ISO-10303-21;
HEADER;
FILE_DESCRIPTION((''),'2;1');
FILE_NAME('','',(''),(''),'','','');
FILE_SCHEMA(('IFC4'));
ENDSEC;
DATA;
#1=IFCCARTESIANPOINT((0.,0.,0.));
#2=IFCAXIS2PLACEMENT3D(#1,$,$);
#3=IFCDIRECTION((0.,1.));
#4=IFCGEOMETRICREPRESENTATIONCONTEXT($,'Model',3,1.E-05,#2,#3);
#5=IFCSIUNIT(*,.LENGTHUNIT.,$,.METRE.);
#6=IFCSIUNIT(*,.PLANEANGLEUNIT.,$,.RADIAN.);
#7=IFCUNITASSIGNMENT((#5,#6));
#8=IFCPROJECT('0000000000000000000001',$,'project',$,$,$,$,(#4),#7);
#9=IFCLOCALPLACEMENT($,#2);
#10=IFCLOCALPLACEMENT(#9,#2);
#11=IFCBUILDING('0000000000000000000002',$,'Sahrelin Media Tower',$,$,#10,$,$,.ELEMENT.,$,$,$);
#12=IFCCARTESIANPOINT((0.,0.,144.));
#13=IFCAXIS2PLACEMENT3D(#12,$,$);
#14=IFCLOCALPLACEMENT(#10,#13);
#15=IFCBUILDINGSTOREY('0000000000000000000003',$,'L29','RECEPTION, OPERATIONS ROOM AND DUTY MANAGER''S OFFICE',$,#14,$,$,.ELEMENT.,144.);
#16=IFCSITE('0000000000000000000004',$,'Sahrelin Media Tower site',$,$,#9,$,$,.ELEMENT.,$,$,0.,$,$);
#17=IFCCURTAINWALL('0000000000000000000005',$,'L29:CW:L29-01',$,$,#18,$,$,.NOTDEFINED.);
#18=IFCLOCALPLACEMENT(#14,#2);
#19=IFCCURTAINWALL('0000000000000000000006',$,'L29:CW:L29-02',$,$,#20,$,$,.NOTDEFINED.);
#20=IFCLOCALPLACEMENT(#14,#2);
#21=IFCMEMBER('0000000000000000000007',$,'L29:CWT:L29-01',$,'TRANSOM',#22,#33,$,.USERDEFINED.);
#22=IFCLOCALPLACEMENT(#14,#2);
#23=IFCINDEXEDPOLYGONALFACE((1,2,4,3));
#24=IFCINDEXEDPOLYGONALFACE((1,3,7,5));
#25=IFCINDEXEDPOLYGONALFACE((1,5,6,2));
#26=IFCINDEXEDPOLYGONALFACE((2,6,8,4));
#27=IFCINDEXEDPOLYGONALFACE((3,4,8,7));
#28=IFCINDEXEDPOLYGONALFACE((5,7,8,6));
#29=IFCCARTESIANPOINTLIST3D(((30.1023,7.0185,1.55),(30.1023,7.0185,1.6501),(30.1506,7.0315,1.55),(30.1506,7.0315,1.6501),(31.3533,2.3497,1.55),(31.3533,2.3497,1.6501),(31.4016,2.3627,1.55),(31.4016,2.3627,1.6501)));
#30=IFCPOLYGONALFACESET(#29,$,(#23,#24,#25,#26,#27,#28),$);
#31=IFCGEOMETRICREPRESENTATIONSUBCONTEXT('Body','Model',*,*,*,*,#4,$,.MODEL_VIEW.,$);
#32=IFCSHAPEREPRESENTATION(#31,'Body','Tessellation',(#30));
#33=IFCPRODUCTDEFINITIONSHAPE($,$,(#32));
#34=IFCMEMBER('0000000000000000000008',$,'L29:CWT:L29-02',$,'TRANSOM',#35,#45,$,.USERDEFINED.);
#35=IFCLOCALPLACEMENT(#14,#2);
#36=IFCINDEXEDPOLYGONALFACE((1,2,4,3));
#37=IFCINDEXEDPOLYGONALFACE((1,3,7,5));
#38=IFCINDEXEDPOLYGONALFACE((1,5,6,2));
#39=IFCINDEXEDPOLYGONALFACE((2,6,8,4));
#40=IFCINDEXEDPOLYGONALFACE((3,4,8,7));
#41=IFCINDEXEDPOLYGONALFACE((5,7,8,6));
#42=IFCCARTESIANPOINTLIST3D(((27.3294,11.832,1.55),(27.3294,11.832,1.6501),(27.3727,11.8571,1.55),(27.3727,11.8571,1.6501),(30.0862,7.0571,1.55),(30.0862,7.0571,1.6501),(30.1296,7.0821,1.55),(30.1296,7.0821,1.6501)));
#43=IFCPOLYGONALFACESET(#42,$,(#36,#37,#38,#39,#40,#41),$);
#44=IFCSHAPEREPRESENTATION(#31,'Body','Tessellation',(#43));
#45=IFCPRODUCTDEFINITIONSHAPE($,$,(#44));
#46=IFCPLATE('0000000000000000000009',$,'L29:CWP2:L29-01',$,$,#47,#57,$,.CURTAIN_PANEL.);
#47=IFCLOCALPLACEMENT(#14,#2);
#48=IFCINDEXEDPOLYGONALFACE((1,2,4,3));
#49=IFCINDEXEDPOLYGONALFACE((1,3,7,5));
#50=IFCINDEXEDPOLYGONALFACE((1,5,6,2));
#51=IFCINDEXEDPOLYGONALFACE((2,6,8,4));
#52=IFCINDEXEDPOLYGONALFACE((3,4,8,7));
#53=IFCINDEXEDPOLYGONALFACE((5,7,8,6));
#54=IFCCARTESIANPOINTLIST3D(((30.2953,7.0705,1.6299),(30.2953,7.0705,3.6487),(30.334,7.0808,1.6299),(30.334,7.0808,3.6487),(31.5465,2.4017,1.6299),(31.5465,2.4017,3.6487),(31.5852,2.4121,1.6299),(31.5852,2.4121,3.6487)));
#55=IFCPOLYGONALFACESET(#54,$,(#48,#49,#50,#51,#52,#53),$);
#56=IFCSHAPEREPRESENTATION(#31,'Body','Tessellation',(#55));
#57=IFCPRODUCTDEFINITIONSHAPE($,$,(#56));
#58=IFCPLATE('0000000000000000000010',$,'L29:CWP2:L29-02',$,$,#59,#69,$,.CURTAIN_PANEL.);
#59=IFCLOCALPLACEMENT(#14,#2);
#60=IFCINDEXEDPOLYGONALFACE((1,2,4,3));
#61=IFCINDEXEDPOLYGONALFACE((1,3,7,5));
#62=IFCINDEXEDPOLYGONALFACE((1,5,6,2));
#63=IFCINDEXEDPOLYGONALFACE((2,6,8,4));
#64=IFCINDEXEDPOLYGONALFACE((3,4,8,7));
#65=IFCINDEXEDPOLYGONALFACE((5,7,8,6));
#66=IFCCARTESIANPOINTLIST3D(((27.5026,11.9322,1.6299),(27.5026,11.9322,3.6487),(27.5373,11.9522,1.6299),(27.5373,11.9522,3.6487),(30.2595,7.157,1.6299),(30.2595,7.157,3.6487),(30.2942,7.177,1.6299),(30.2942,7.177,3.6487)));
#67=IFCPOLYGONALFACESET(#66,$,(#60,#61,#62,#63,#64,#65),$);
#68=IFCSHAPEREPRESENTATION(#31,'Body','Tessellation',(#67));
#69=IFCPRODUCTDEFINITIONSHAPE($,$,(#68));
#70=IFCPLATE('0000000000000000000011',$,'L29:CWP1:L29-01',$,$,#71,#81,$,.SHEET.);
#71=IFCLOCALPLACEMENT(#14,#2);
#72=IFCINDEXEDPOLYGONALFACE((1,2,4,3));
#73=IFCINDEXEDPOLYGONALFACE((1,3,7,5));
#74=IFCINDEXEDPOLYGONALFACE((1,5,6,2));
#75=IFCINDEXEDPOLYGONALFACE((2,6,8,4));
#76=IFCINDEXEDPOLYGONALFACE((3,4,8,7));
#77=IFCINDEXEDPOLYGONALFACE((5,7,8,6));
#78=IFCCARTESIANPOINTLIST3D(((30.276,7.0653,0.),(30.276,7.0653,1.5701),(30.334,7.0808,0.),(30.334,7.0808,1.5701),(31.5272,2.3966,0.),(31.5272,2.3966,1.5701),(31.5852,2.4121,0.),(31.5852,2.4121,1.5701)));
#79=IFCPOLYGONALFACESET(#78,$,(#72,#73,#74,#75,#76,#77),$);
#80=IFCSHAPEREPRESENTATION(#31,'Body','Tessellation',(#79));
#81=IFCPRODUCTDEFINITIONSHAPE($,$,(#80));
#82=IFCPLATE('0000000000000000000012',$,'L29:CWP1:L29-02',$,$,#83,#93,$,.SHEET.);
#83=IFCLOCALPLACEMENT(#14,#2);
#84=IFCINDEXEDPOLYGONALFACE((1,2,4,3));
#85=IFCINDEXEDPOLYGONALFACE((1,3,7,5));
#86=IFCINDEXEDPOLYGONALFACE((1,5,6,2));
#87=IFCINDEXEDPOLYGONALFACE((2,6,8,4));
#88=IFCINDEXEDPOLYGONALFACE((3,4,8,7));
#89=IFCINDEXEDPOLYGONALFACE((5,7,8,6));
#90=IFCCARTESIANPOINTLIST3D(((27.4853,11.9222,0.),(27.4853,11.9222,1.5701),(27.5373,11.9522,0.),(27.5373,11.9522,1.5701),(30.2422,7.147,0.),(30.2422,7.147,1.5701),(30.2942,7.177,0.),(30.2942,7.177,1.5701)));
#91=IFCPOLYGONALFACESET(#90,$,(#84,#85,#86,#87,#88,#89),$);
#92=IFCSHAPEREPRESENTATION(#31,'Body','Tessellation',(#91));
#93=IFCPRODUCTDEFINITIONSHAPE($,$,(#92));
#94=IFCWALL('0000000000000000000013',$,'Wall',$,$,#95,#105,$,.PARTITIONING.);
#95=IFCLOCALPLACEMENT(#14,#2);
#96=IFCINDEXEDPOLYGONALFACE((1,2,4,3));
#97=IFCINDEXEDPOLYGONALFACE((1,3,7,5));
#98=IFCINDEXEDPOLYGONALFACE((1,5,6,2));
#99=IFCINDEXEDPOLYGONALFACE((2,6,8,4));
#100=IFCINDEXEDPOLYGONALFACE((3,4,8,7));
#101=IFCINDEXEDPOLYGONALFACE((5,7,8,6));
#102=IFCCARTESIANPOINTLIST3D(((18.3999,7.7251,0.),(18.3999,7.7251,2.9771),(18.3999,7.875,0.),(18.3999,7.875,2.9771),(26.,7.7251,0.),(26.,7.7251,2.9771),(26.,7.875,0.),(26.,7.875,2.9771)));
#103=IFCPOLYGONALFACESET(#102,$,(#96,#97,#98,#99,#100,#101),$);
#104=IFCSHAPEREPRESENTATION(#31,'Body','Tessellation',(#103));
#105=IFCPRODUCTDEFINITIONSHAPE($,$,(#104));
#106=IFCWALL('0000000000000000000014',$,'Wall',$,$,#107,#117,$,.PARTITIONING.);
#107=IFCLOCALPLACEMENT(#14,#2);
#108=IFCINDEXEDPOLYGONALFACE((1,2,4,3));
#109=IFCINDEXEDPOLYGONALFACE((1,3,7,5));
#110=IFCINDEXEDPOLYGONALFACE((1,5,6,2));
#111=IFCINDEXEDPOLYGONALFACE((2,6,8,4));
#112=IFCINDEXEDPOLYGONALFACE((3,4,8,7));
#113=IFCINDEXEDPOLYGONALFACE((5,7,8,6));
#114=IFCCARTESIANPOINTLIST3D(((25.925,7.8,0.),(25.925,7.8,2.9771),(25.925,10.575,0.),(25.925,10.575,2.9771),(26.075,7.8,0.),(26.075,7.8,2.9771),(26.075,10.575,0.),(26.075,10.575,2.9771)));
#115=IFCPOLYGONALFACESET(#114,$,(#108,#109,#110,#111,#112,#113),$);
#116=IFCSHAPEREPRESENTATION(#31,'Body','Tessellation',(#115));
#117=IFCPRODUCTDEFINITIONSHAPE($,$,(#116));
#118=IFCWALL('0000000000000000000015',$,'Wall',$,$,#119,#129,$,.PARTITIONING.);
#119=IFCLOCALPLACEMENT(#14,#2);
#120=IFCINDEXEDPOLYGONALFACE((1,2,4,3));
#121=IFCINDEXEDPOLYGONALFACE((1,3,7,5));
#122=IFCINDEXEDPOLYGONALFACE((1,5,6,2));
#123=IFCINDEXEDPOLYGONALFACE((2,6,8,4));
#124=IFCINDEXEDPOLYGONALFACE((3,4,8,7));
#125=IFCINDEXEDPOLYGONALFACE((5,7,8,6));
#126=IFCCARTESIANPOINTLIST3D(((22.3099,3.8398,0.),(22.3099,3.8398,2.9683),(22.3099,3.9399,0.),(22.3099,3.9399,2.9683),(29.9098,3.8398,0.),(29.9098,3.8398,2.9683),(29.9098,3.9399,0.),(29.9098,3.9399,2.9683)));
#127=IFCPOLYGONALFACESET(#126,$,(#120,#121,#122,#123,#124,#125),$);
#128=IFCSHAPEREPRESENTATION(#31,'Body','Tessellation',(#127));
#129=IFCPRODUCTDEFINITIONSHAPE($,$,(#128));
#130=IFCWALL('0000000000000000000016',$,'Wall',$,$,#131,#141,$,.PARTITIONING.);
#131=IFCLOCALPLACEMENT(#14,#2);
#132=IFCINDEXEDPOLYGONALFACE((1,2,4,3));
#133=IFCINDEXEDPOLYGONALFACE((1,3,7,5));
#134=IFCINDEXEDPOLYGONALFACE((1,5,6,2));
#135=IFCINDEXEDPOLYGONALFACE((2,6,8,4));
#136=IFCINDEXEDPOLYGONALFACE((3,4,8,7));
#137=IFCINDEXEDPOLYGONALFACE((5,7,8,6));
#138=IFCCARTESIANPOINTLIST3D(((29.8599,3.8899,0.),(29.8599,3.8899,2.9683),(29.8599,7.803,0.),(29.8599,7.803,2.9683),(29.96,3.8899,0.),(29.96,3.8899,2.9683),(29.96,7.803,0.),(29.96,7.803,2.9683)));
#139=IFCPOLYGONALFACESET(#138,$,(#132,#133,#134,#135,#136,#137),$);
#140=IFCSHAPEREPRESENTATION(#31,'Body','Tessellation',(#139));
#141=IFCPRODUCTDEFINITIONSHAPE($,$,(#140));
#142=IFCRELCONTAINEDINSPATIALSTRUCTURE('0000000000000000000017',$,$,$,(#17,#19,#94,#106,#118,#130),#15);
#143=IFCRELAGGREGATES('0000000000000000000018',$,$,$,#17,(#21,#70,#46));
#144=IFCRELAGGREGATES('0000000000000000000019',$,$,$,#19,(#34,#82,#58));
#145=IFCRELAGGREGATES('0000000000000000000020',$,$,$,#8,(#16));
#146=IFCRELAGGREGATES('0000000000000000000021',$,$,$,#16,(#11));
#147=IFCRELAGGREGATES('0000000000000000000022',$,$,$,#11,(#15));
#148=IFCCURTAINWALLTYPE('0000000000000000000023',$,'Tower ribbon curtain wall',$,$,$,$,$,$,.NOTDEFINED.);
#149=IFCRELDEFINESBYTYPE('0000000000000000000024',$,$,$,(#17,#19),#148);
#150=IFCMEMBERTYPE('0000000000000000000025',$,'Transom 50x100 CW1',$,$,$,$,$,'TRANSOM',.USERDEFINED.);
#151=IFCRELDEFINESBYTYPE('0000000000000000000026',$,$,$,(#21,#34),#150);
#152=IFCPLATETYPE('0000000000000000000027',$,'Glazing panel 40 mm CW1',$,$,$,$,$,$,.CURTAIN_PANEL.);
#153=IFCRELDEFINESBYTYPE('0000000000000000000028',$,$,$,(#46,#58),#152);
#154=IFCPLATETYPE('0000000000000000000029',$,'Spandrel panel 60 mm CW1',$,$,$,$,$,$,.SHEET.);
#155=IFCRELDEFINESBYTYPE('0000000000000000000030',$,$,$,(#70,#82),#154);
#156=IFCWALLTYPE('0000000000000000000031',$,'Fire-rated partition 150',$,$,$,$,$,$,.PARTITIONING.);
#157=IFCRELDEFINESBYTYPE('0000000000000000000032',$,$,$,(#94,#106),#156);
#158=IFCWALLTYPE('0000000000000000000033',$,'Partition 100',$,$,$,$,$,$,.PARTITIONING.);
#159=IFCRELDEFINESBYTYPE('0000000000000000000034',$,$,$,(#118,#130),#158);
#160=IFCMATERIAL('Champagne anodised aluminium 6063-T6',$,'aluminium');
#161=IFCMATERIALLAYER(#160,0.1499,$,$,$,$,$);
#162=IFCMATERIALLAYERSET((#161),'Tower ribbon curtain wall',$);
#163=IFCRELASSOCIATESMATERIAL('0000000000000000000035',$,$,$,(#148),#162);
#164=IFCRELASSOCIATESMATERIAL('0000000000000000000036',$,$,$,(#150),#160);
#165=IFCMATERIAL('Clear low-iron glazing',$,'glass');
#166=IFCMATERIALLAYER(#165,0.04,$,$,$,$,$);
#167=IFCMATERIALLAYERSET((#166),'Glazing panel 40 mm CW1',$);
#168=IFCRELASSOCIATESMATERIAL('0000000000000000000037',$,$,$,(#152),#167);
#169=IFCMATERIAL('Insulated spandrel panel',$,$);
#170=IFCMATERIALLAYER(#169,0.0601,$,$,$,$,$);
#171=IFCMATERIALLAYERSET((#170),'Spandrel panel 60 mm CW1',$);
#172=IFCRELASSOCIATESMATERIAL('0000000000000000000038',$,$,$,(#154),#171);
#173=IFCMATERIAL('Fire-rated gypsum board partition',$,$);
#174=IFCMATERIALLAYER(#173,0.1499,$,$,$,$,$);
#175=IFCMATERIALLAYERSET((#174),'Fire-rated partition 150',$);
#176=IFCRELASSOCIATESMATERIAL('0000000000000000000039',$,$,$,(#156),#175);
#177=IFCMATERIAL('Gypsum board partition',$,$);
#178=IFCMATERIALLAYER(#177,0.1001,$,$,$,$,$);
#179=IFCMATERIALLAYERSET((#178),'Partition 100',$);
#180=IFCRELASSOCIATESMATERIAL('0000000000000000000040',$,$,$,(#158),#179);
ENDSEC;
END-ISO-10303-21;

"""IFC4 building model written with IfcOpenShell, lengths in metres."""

from ifc_helpers import new_model, si_unit, direction, frame, frame_2d, origin, origin_2d, place, context, subcontext, project, spatial, polyline, rectangle, outline, extrude, material, layer, layer_set, material_profile, profile_set, type_object, element, aggregate, save


model = new_model("IFC4")

# Units and contexts
model_context = context("Model", 3, precision=1e-05, world=origin(), true_north=direction((0.0, 1.0)))
body_context = subcontext(model_context, "Body", "Model", "MODEL_VIEW")
ifc_project = project(units=[si_unit("LENGTHUNIT", "METRE"), si_unit("PLANEANGLEUNIT", "RADIAN")], contexts=[model_context])

# Site, building, storey
site_placement = place(None, origin())
site = spatial("IfcSite", under=ifc_project, at=site_placement, Name="Sahrelin Media Tower site", CompositionType="ELEMENT", RefElevation=0.0)
building_placement = place(site_placement, origin())
building = spatial("IfcBuilding", under=site, at=building_placement, Name="Sahrelin Media Tower", CompositionType="ELEMENT")
storey_placement = place(building_placement, frame((0.0, 0.0, 144.0)))
storey = spatial("IfcBuildingStorey", under=building, at=storey_placement, Name="L29", Description="RECEPTION, OPERATIONS ROOM AND DUTY MANAGER'S OFFICE", CompositionType="ELEMENT", Elevation=144.0)

# Curtain walls
ifc_material_1 = material(Name="Champagne anodised aluminium 6063-T6", Category="aluminium")
ifc_layer_1 = layer(ifc_material_1, 0.1499)
ifc_layer_set_1 = layer_set([ifc_layer_1], Name="Tower ribbon curtain wall")
curtain_wall_type = type_object("IfcCurtainWallType", Name="Tower ribbon curtain wall", PredefinedType="NOTDEFINED", material=ifc_layer_set_1)
curtain_wall_1_placement = place(storey_placement, frame((30.9402, 4.7412, 0.0), z_axis=(0.0, 0.0, 1.0), x_axis=(1.0, 0.0, 0.0)))
curtain_wall_1 = element("IfcCurtainWall", 1, at=curtain_wall_1_placement, inside=storey, type_object=curtain_wall_type, Name="L29:CW:L29-01", PredefinedType="NOTDEFINED")
curtain_wall_2_placement = place(storey_placement, frame((28.8984, 9.5547, 0.0), z_axis=(0.0, 0.0, 1.0), x_axis=(1.0, 0.0, 0.0)))
curtain_wall_2 = element("IfcCurtainWall", 2, at=curtain_wall_2_placement, inside=storey, type_object=curtain_wall_type, Name="L29:CW:L29-02", PredefinedType="NOTDEFINED")

# Members
ifc_material_profile_1 = material_profile(ifc_material_1, rectangle(XDim=0.05, YDim=0.1001, at=origin_2d()), Name="Transom 50x100")
ifc_profile_set_1 = profile_set([ifc_material_profile_1], Name="Champagne anodised aluminium 6063-T6")
member_type_1 = type_object("IfcMemberType", Name="Transom 50x100 CW1", ElementType="TRANSOM", PredefinedType="USERDEFINED", material=ifc_profile_set_1)
member_1_placement = place(storey_placement, frame((31.3774, 2.3562, 1.6001), z_axis=(-0.258819, 0.965926, 0.0), x_axis=(-0.965926, -0.258819, 0.0)))
member_1 = element("IfcMember", 3, at=member_1_placement, type_object=member_type_1, Name="L29:CWT:L29-01", ObjectType="TRANSOM", PredefinedType="USERDEFINED", context=body_context, shape_type="SweptSolid", body=[
    extrude(rectangle(XDim=0.05, YDim=0.1001, at=origin_2d()), origin(), (0.0, 0.0, 1.0), 4.8335),
])
member_2_placement = place(storey_placement, frame((30.1079, 7.0696, 1.6001), z_axis=(-0.500006, 0.866022, 0.0), x_axis=(-0.866022, -0.500006, 0.0)))
member_2 = element("IfcMember", 4, at=member_2_placement, type_object=member_type_1, Name="L29:CWT:L29-02", ObjectType="TRANSOM", PredefinedType="USERDEFINED", context=body_context, shape_type="SweptSolid", body=[
    extrude(rectangle(XDim=0.05, YDim=0.1001, at=origin_2d()), origin(), (0.0, 0.0, 1.0), 5.5137),
])

# Plates
ifc_material_2 = material(Name="Clear low-iron glazing", Category="glass")
ifc_layer_2 = layer(ifc_material_2, 0.04)
ifc_layer_set_2 = layer_set([ifc_layer_2], Name="Glazing panel 40 mm CW1")
plate_type_1 = type_object("IfcPlateType", Name="Glazing panel 40 mm CW1", PredefinedType="CURTAIN_PANEL", material=ifc_layer_set_2)
plate_1_placement = place(storey_placement, frame((31.5852, 2.4121, 1.6299), z_axis=(0.965913, 0.258867, 0.0), x_axis=(-0.258867, 0.965913, 0.0)))
plate_1 = element("IfcPlate", 5, at=plate_1_placement, type_object=plate_type_1, Name="L29:CWP2:L29-01", PredefinedType="CURTAIN_PANEL", context=body_context, shape_type="SweptSolid", body=[
    extrude(outline(polyline([(0.0, 0.0), (4.8335, 0.0), (4.8335, 2.0188), (0.0, 2.0188), (0.0, 0.0)])), origin(), (0.0, 0.0, -1.0), 0.04),
])
plate_2_placement = place(storey_placement, frame((30.2942, 7.177, 1.6299), z_axis=(0.866033, 0.499987, 0.0), x_axis=(-0.499987, 0.866033, 0.0)))
plate_2 = element("IfcPlate", 6, at=plate_2_placement, type_object=plate_type_1, Name="L29:CWP2:L29-02", PredefinedType="CURTAIN_PANEL", context=body_context, shape_type="SweptSolid", body=[
    extrude(outline(polyline([(0.0, 0.0), (5.5139, 0.0), (5.5139, 2.0188), (0.0, 2.0188), (0.0, 0.0)])), origin(), (0.0, 0.0, -1.0), 0.04),
])
ifc_material_3 = material(Name="Insulated spandrel panel")
ifc_layer_3 = layer(ifc_material_3, 0.0601)
ifc_layer_set_3 = layer_set([ifc_layer_3], Name="Spandrel panel 60 mm CW1")
plate_type_2 = type_object("IfcPlateType", Name="Spandrel panel 60 mm CW1", PredefinedType="SHEET", material=ifc_layer_set_3)
plate_3_placement = place(storey_placement, frame((31.5852, 2.4121, 0.0), z_axis=(0.965913, 0.258867, 0.0), x_axis=(-0.258867, 0.965913, 0.0)))
plate_3 = element("IfcPlate", 7, at=plate_3_placement, type_object=plate_type_2, Name="L29:CWP1:L29-01", PredefinedType="SHEET", context=body_context, shape_type="SweptSolid", body=[
    extrude(outline(polyline([(0.0, 0.0), (4.8335, 0.0), (4.8335, 1.5701), (0.0, 1.5701), (0.0, 0.0)])), origin(), (0.0, 0.0, -1.0), 0.0601),
])
aggregate(curtain_wall_1, [member_1, plate_3, plate_1])
plate_4_placement = place(storey_placement, frame((30.2942, 7.177, 0.0), z_axis=(0.866033, 0.499987, 0.0), x_axis=(-0.499987, 0.866033, 0.0)))
plate_4 = element("IfcPlate", 8, at=plate_4_placement, type_object=plate_type_2, Name="L29:CWP1:L29-02", PredefinedType="SHEET", context=body_context, shape_type="SweptSolid", body=[
    extrude(outline(polyline([(0.0, 0.0), (5.5139, 0.0), (5.5139, 1.5701), (0.0, 1.5701), (0.0, 0.0)])), origin(), (0.0, 0.0, -1.0), 0.0601),
])
aggregate(curtain_wall_2, [member_2, plate_4, plate_2])

# Walls
ifc_material_4 = material(Name="Fire-rated gypsum board partition")
ifc_layer_4 = layer(ifc_material_4, 0.1499)
ifc_layer_set_4 = layer_set([ifc_layer_4], Name="Fire-rated partition 150")
wall_type_1 = type_object("IfcWallType", Name="Fire-rated partition 150", PredefinedType="PARTITIONING", material=ifc_layer_set_4)
wall_1_placement = place(storey_placement, frame((18.3999, 7.8, 0.0), z_axis=(0.0, 0.0, 1.0), x_axis=(1.0, 0.0, 0.0)))
element("IfcWall", 9, at=wall_1_placement, inside=storey, type_object=wall_type_1, Name="Wall", PredefinedType="PARTITIONING", context=body_context, shape_type="SweptSolid", body=[
    extrude(rectangle(XDim=7.6001, YDim=0.1499, at=frame_2d((3.8, 0.0))), origin(), (0.0, 0.0, 1.0), 2.9771),
])
wall_2_placement = place(storey_placement, frame((26.0, 7.8, 0.0), z_axis=(0.0, 0.0, 1.0), x_axis=(0.0, 1.0, 0.0)))
element("IfcWall", 10, at=wall_2_placement, inside=storey, type_object=wall_type_1, Name="Wall", PredefinedType="PARTITIONING", context=body_context, shape_type="SweptSolid", body=[
    extrude(rectangle(XDim=2.7749, YDim=0.1499, at=frame_2d((1.3875, 0.0))), origin(), (0.0, 0.0, 1.0), 2.9771),
])
ifc_material_5 = material(Name="Gypsum board partition")
ifc_layer_5 = layer(ifc_material_5, 0.1001)
ifc_layer_set_5 = layer_set([ifc_layer_5], Name="Partition 100")
wall_type_2 = type_object("IfcWallType", Name="Partition 100", PredefinedType="PARTITIONING", material=ifc_layer_set_5)
wall_3_placement = place(storey_placement, frame((22.3101, 3.8899, 0.0), z_axis=(0.0, 0.0, 1.0), x_axis=(1.0, 0.0, 0.0)))
element("IfcWall", 11, at=wall_3_placement, inside=storey, type_object=wall_type_2, Name="Wall", PredefinedType="PARTITIONING", context=body_context, shape_type="SweptSolid", body=[
    extrude(rectangle(XDim=7.5999, YDim=0.1001, at=frame_2d((3.7998, 0.0))), origin(), (0.0, 0.0, 1.0), 2.9683),
])
wall_4_placement = place(storey_placement, frame((29.9099, 3.8899, 0.0), z_axis=(0.0, 0.0, 1.0), x_axis=(0.0, 1.0, 0.0)))
element("IfcWall", 12, at=wall_4_placement, inside=storey, type_object=wall_type_2, Name="Wall", PredefinedType="PARTITIONING", context=body_context, shape_type="SweptSolid", body=[
    extrude(rectangle(XDim=3.9131, YDim=0.1001, at=frame_2d((1.9565, 0.0))), origin(), (0.0, 0.0, 1.0), 2.9683),
])

save(model, "model.ifc")
